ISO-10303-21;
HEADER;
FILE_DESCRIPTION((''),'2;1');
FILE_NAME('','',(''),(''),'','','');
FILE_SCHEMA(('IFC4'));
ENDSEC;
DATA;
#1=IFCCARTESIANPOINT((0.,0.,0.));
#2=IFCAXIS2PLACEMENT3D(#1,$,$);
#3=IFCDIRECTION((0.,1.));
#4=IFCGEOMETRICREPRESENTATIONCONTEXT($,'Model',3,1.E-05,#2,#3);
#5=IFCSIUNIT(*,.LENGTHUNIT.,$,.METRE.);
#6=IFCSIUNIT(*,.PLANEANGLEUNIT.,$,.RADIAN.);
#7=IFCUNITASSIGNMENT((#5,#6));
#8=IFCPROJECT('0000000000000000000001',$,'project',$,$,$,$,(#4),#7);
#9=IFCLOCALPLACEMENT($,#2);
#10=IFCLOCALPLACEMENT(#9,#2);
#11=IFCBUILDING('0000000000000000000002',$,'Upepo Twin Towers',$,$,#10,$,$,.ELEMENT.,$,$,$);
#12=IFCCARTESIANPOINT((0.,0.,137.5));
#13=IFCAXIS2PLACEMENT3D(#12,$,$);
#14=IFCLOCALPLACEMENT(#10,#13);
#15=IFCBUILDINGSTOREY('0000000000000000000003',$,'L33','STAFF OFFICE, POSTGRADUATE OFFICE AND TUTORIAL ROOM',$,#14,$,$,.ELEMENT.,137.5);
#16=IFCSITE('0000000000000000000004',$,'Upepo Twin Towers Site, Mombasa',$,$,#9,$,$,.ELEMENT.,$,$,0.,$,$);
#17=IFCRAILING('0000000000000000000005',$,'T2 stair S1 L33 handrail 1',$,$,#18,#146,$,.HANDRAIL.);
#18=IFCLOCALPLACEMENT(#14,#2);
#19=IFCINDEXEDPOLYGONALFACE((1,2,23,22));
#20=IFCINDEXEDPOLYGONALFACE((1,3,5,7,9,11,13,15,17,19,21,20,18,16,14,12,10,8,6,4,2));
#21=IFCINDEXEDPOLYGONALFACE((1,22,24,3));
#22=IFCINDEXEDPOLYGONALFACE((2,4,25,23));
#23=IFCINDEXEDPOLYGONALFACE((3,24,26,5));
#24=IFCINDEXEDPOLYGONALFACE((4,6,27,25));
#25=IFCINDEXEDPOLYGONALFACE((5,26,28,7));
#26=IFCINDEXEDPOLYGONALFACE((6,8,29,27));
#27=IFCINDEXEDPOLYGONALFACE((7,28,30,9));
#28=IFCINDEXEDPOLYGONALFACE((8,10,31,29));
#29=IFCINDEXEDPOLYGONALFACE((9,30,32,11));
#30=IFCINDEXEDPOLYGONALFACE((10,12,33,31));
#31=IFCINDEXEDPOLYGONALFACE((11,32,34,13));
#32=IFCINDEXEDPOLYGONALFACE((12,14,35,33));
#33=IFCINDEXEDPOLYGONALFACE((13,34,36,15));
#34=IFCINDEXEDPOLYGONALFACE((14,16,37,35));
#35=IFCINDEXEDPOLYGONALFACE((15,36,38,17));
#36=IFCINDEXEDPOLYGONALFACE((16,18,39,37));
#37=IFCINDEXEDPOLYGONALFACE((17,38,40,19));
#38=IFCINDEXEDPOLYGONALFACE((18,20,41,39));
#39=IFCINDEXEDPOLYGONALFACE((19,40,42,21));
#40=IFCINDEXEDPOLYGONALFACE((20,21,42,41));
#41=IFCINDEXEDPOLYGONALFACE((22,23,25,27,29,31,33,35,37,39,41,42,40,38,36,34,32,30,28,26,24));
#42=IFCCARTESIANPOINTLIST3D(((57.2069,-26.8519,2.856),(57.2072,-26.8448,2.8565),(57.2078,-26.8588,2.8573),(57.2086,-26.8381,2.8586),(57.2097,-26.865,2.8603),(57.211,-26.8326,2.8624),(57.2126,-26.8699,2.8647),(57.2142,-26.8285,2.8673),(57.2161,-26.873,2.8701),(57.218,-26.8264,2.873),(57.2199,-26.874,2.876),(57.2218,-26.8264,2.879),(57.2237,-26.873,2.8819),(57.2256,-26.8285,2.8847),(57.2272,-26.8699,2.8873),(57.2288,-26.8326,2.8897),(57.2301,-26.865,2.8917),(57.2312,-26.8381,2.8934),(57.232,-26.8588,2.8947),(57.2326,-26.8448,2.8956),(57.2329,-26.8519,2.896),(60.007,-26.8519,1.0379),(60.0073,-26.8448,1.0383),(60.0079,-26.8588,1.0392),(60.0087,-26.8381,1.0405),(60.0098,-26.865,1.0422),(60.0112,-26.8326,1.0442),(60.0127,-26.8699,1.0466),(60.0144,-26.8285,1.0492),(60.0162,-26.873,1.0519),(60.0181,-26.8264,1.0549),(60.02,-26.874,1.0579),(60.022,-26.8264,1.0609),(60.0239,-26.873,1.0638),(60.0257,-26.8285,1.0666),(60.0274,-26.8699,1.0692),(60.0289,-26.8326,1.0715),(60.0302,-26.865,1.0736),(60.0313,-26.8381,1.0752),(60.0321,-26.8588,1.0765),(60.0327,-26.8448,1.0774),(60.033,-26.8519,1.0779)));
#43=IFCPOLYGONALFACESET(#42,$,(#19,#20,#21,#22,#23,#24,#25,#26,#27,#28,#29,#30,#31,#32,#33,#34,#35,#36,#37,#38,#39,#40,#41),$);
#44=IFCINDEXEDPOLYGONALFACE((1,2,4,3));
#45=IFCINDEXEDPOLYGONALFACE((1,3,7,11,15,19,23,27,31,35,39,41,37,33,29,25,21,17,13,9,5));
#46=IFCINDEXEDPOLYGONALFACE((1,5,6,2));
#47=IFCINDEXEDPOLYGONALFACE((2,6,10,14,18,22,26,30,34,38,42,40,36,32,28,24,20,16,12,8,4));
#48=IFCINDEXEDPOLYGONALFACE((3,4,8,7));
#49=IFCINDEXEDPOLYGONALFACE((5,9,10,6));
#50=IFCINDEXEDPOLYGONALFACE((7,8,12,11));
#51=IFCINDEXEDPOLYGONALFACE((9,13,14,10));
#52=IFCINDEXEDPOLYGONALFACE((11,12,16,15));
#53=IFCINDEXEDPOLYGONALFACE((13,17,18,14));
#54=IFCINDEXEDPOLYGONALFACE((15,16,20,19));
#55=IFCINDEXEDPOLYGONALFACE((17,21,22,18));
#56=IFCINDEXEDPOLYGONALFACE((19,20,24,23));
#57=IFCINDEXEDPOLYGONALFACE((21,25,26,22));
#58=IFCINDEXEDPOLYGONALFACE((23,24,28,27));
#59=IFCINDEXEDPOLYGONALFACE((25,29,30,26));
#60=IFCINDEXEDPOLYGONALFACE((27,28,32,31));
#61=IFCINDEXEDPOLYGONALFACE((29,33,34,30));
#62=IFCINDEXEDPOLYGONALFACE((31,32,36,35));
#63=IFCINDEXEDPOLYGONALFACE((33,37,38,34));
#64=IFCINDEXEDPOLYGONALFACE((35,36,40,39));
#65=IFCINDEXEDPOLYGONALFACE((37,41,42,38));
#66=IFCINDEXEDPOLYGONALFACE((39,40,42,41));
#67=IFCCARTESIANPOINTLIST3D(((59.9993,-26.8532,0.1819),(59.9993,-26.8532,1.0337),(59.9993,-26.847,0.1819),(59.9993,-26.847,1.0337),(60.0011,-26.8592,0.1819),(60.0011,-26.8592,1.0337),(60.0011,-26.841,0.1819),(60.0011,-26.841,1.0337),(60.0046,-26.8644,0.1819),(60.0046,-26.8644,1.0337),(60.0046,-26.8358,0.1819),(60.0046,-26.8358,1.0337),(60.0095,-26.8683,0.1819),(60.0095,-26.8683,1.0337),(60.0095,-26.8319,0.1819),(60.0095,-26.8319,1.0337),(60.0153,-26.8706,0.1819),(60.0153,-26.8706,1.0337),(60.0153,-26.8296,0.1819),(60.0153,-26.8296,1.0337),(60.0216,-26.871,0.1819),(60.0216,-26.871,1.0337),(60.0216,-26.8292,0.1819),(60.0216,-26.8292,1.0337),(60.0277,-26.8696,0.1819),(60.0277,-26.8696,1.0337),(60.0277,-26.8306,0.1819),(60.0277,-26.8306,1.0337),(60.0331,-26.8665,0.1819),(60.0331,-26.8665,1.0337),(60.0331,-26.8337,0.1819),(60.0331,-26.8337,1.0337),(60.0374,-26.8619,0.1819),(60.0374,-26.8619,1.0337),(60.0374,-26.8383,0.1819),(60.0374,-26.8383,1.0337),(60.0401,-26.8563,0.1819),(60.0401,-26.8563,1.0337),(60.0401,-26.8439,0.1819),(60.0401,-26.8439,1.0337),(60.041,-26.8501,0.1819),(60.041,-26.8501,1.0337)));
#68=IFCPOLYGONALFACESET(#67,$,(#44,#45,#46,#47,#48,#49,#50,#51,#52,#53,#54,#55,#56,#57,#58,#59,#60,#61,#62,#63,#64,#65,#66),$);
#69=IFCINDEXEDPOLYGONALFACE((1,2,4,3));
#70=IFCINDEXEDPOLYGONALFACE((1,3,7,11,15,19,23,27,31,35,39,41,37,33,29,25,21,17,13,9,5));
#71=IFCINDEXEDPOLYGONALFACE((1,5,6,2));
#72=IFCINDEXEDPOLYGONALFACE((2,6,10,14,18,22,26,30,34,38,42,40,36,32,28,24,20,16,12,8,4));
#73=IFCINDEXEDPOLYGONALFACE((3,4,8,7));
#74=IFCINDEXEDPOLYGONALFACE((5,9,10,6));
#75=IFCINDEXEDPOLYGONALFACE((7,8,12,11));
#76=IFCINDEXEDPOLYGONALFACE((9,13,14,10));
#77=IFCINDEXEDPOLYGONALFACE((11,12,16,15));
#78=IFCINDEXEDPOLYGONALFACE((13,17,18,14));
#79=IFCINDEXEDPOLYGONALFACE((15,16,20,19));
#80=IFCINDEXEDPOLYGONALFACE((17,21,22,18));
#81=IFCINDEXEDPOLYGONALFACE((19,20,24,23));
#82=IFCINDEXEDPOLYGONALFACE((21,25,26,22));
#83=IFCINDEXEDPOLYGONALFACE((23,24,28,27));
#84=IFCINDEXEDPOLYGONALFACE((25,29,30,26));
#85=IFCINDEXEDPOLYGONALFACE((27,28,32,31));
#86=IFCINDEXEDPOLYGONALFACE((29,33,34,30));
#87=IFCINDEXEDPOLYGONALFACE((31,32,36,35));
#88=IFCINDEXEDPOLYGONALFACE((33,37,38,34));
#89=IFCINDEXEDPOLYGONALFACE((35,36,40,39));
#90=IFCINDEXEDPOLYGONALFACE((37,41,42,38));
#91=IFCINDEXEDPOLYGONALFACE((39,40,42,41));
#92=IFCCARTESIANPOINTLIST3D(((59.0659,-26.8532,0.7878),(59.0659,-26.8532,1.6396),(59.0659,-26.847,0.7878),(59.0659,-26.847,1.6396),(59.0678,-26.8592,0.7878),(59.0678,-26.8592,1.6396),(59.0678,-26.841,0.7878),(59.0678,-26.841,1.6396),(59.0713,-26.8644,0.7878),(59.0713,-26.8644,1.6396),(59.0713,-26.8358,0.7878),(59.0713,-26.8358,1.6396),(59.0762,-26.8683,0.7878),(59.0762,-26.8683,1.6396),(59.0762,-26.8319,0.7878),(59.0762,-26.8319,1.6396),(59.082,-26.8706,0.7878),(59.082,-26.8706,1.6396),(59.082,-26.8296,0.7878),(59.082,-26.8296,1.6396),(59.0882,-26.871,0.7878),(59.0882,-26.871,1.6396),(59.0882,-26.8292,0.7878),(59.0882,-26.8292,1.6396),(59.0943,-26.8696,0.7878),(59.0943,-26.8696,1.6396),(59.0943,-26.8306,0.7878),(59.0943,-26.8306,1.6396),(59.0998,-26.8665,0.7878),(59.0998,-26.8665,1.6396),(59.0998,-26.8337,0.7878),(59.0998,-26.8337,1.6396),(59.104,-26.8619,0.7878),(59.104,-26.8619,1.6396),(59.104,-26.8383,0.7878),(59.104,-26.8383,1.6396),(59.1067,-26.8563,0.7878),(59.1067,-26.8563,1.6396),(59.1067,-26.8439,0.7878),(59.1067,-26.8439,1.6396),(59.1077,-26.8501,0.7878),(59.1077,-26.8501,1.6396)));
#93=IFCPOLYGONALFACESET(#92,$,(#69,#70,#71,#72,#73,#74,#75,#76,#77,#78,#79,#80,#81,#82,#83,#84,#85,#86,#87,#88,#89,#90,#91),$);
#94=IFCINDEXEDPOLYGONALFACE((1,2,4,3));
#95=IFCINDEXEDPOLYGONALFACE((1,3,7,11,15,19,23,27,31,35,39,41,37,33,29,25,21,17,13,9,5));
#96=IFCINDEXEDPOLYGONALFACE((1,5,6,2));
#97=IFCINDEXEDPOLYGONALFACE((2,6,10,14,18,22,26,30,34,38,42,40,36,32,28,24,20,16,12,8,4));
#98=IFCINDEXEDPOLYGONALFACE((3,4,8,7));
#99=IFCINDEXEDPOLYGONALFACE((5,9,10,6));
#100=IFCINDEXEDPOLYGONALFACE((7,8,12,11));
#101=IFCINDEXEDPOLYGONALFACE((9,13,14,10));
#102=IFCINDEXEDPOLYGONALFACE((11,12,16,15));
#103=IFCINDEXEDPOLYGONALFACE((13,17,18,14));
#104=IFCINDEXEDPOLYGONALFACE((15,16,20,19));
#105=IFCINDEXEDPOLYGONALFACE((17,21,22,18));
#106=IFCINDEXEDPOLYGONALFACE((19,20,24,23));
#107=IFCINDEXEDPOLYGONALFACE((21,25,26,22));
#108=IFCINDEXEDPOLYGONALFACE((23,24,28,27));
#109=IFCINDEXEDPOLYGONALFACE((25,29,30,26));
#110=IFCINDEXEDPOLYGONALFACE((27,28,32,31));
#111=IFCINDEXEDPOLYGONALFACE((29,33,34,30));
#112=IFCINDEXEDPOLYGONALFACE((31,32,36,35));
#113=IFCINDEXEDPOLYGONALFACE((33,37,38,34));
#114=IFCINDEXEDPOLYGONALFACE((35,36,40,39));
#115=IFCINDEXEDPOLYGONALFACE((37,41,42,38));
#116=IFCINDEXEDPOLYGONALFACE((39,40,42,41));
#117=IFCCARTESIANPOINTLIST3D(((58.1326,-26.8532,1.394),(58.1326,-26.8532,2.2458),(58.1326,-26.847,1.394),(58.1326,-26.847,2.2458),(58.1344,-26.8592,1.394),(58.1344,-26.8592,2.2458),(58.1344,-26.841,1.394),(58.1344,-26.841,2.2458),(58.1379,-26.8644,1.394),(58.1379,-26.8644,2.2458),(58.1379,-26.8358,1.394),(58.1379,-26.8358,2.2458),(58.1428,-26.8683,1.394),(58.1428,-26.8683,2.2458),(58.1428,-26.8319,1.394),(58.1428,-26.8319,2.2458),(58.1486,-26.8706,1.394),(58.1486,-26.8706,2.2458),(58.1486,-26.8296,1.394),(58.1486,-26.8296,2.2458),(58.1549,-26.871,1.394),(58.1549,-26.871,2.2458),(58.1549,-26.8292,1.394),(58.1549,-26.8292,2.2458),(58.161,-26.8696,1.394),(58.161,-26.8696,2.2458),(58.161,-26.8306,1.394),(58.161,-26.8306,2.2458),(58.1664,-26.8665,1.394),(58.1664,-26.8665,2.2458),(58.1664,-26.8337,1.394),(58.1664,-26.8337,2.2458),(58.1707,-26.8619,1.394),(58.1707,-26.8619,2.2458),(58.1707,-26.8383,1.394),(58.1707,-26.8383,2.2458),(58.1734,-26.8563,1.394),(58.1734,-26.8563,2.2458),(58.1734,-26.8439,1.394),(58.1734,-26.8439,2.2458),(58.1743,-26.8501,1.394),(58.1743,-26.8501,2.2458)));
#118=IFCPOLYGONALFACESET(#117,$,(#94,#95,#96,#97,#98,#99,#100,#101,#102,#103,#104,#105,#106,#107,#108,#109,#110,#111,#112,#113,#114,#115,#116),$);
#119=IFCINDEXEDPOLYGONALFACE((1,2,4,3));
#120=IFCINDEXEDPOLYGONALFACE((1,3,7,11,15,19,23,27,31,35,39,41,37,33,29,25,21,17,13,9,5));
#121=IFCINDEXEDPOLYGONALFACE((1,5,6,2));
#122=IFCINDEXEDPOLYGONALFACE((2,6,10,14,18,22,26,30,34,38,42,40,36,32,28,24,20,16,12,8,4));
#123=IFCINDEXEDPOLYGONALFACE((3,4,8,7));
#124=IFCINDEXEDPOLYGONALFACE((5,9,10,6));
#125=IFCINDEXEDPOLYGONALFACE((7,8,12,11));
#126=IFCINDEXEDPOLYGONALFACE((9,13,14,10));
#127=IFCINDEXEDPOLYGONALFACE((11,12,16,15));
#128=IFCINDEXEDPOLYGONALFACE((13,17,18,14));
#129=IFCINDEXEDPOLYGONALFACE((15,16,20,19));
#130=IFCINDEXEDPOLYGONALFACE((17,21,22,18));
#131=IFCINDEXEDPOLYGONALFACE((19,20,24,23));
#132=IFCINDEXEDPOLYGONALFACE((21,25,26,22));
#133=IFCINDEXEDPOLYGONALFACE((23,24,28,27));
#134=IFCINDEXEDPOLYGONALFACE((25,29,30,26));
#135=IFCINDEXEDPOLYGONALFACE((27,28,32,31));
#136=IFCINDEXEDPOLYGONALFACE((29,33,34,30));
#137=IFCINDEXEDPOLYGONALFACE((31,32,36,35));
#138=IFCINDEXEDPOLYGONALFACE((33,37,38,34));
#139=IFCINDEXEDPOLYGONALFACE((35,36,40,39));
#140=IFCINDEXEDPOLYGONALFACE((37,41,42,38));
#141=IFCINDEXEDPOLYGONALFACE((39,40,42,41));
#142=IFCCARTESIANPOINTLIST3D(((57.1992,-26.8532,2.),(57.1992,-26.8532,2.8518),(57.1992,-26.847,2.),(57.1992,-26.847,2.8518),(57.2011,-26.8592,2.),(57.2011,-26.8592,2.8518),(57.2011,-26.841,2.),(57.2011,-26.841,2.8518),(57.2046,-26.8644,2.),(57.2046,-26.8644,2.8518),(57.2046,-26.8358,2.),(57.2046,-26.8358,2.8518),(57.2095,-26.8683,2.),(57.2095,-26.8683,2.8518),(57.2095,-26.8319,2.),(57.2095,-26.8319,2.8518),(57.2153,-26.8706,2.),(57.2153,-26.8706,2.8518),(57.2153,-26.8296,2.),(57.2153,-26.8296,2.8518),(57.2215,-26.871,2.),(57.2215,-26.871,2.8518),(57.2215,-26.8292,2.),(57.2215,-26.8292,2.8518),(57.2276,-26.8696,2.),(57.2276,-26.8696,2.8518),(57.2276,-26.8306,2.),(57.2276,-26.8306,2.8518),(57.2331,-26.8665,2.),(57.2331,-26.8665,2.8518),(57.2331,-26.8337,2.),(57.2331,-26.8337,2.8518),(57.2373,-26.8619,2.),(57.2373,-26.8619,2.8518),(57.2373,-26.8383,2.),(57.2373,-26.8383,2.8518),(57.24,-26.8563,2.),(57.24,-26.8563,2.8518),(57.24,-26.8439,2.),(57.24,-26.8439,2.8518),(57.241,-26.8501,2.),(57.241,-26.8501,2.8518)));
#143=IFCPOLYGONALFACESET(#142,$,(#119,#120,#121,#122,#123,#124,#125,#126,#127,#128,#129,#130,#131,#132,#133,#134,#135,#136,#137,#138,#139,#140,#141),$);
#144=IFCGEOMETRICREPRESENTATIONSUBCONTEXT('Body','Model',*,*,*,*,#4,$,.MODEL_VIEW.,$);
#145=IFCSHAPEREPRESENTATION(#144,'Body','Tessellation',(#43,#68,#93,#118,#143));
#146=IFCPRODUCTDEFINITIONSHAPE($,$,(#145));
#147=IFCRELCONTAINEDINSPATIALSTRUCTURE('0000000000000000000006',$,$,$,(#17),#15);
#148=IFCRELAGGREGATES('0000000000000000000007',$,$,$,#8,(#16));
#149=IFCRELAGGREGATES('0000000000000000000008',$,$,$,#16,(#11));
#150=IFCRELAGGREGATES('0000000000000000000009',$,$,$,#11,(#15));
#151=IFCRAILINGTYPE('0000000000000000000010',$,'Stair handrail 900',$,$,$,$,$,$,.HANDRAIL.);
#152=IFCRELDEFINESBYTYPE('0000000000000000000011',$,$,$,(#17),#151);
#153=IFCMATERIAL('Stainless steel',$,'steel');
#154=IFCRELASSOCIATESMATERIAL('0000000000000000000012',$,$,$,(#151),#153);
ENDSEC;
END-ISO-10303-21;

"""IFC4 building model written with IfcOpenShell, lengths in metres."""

from ifc_helpers import new_model, si_unit, direction, frame, origin, origin_2d, place, context, subcontext, project, spatial, circle, extrude, material, type_object, element, save


model = new_model("IFC4")

# Units and contexts
model_context = context("Model", 3, precision=1e-05, world=origin(), true_north=direction((0.0, 1.0)))
body_context = subcontext(model_context, "Body", "Model", "MODEL_VIEW")
ifc_project = project(units=[si_unit("LENGTHUNIT", "METRE"), si_unit("PLANEANGLEUNIT", "RADIAN")], contexts=[model_context])

# Site, building, storey
site_placement = place(None, origin())
site = spatial("IfcSite", under=ifc_project, at=site_placement, Name="Upepo Twin Towers Site, Mombasa", CompositionType="ELEMENT", RefElevation=0.0)
building_placement = place(site_placement, origin())
building = spatial("IfcBuilding", under=site, at=building_placement, Name="Upepo Twin Towers", CompositionType="ELEMENT")
storey_placement = place(building_placement, frame((0.0, 0.0, 137.5)))
storey = spatial("IfcBuildingStorey", under=building, at=storey_placement, Name="L33", Description="STAFF OFFICE, POSTGRADUATE OFFICE AND TUTORIAL ROOM", CompositionType="ELEMENT", Elevation=137.5)

# Railing
ifc_material_1 = material(Name="Stainless steel", Category="steel")
railing_type = type_object("IfcRailingType", Name="Stair handrail 900", PredefinedType="HANDRAIL", material=ifc_material_1)
railing_1_placement = place(storey_placement, frame((60.02, -26.8501, 0.1819)))
element("IfcRailing", 1, at=railing_1_placement, inside=storey, type_object=railing_type, Name="T2 stair S1 L33 handrail 1", PredefinedType="HANDRAIL", context=body_context, shape_type="SweptSolid", body=[
    extrude(circle(Radius=0.0239, at=origin_2d()), frame((0.0, 0.0, 0.876), z_axis=(-0.838706, 0.0, 0.544585), x_axis=(0.0, -1.0, 0.0)), (0.0, 0.0, 1.0), 3.3386),
    extrude(circle(Radius=0.021, at=origin_2d()), origin(), (0.0, 0.0, 1.0), 0.8518),
    extrude(circle(Radius=0.021, at=origin_2d()), frame((-0.9333, 0.0, 0.606)), (0.0, 0.0, 1.0), 0.8518),
    extrude(circle(Radius=0.021, at=origin_2d()), frame((-1.8667, 0.0, 1.2122)), (0.0, 0.0, 1.0), 0.8518),
    extrude(circle(Radius=0.021, at=origin_2d()), frame((-2.8, 0.0, 1.8181)), (0.0, 0.0, 1.0), 0.8518),
])

save(model, "model.ifc")
